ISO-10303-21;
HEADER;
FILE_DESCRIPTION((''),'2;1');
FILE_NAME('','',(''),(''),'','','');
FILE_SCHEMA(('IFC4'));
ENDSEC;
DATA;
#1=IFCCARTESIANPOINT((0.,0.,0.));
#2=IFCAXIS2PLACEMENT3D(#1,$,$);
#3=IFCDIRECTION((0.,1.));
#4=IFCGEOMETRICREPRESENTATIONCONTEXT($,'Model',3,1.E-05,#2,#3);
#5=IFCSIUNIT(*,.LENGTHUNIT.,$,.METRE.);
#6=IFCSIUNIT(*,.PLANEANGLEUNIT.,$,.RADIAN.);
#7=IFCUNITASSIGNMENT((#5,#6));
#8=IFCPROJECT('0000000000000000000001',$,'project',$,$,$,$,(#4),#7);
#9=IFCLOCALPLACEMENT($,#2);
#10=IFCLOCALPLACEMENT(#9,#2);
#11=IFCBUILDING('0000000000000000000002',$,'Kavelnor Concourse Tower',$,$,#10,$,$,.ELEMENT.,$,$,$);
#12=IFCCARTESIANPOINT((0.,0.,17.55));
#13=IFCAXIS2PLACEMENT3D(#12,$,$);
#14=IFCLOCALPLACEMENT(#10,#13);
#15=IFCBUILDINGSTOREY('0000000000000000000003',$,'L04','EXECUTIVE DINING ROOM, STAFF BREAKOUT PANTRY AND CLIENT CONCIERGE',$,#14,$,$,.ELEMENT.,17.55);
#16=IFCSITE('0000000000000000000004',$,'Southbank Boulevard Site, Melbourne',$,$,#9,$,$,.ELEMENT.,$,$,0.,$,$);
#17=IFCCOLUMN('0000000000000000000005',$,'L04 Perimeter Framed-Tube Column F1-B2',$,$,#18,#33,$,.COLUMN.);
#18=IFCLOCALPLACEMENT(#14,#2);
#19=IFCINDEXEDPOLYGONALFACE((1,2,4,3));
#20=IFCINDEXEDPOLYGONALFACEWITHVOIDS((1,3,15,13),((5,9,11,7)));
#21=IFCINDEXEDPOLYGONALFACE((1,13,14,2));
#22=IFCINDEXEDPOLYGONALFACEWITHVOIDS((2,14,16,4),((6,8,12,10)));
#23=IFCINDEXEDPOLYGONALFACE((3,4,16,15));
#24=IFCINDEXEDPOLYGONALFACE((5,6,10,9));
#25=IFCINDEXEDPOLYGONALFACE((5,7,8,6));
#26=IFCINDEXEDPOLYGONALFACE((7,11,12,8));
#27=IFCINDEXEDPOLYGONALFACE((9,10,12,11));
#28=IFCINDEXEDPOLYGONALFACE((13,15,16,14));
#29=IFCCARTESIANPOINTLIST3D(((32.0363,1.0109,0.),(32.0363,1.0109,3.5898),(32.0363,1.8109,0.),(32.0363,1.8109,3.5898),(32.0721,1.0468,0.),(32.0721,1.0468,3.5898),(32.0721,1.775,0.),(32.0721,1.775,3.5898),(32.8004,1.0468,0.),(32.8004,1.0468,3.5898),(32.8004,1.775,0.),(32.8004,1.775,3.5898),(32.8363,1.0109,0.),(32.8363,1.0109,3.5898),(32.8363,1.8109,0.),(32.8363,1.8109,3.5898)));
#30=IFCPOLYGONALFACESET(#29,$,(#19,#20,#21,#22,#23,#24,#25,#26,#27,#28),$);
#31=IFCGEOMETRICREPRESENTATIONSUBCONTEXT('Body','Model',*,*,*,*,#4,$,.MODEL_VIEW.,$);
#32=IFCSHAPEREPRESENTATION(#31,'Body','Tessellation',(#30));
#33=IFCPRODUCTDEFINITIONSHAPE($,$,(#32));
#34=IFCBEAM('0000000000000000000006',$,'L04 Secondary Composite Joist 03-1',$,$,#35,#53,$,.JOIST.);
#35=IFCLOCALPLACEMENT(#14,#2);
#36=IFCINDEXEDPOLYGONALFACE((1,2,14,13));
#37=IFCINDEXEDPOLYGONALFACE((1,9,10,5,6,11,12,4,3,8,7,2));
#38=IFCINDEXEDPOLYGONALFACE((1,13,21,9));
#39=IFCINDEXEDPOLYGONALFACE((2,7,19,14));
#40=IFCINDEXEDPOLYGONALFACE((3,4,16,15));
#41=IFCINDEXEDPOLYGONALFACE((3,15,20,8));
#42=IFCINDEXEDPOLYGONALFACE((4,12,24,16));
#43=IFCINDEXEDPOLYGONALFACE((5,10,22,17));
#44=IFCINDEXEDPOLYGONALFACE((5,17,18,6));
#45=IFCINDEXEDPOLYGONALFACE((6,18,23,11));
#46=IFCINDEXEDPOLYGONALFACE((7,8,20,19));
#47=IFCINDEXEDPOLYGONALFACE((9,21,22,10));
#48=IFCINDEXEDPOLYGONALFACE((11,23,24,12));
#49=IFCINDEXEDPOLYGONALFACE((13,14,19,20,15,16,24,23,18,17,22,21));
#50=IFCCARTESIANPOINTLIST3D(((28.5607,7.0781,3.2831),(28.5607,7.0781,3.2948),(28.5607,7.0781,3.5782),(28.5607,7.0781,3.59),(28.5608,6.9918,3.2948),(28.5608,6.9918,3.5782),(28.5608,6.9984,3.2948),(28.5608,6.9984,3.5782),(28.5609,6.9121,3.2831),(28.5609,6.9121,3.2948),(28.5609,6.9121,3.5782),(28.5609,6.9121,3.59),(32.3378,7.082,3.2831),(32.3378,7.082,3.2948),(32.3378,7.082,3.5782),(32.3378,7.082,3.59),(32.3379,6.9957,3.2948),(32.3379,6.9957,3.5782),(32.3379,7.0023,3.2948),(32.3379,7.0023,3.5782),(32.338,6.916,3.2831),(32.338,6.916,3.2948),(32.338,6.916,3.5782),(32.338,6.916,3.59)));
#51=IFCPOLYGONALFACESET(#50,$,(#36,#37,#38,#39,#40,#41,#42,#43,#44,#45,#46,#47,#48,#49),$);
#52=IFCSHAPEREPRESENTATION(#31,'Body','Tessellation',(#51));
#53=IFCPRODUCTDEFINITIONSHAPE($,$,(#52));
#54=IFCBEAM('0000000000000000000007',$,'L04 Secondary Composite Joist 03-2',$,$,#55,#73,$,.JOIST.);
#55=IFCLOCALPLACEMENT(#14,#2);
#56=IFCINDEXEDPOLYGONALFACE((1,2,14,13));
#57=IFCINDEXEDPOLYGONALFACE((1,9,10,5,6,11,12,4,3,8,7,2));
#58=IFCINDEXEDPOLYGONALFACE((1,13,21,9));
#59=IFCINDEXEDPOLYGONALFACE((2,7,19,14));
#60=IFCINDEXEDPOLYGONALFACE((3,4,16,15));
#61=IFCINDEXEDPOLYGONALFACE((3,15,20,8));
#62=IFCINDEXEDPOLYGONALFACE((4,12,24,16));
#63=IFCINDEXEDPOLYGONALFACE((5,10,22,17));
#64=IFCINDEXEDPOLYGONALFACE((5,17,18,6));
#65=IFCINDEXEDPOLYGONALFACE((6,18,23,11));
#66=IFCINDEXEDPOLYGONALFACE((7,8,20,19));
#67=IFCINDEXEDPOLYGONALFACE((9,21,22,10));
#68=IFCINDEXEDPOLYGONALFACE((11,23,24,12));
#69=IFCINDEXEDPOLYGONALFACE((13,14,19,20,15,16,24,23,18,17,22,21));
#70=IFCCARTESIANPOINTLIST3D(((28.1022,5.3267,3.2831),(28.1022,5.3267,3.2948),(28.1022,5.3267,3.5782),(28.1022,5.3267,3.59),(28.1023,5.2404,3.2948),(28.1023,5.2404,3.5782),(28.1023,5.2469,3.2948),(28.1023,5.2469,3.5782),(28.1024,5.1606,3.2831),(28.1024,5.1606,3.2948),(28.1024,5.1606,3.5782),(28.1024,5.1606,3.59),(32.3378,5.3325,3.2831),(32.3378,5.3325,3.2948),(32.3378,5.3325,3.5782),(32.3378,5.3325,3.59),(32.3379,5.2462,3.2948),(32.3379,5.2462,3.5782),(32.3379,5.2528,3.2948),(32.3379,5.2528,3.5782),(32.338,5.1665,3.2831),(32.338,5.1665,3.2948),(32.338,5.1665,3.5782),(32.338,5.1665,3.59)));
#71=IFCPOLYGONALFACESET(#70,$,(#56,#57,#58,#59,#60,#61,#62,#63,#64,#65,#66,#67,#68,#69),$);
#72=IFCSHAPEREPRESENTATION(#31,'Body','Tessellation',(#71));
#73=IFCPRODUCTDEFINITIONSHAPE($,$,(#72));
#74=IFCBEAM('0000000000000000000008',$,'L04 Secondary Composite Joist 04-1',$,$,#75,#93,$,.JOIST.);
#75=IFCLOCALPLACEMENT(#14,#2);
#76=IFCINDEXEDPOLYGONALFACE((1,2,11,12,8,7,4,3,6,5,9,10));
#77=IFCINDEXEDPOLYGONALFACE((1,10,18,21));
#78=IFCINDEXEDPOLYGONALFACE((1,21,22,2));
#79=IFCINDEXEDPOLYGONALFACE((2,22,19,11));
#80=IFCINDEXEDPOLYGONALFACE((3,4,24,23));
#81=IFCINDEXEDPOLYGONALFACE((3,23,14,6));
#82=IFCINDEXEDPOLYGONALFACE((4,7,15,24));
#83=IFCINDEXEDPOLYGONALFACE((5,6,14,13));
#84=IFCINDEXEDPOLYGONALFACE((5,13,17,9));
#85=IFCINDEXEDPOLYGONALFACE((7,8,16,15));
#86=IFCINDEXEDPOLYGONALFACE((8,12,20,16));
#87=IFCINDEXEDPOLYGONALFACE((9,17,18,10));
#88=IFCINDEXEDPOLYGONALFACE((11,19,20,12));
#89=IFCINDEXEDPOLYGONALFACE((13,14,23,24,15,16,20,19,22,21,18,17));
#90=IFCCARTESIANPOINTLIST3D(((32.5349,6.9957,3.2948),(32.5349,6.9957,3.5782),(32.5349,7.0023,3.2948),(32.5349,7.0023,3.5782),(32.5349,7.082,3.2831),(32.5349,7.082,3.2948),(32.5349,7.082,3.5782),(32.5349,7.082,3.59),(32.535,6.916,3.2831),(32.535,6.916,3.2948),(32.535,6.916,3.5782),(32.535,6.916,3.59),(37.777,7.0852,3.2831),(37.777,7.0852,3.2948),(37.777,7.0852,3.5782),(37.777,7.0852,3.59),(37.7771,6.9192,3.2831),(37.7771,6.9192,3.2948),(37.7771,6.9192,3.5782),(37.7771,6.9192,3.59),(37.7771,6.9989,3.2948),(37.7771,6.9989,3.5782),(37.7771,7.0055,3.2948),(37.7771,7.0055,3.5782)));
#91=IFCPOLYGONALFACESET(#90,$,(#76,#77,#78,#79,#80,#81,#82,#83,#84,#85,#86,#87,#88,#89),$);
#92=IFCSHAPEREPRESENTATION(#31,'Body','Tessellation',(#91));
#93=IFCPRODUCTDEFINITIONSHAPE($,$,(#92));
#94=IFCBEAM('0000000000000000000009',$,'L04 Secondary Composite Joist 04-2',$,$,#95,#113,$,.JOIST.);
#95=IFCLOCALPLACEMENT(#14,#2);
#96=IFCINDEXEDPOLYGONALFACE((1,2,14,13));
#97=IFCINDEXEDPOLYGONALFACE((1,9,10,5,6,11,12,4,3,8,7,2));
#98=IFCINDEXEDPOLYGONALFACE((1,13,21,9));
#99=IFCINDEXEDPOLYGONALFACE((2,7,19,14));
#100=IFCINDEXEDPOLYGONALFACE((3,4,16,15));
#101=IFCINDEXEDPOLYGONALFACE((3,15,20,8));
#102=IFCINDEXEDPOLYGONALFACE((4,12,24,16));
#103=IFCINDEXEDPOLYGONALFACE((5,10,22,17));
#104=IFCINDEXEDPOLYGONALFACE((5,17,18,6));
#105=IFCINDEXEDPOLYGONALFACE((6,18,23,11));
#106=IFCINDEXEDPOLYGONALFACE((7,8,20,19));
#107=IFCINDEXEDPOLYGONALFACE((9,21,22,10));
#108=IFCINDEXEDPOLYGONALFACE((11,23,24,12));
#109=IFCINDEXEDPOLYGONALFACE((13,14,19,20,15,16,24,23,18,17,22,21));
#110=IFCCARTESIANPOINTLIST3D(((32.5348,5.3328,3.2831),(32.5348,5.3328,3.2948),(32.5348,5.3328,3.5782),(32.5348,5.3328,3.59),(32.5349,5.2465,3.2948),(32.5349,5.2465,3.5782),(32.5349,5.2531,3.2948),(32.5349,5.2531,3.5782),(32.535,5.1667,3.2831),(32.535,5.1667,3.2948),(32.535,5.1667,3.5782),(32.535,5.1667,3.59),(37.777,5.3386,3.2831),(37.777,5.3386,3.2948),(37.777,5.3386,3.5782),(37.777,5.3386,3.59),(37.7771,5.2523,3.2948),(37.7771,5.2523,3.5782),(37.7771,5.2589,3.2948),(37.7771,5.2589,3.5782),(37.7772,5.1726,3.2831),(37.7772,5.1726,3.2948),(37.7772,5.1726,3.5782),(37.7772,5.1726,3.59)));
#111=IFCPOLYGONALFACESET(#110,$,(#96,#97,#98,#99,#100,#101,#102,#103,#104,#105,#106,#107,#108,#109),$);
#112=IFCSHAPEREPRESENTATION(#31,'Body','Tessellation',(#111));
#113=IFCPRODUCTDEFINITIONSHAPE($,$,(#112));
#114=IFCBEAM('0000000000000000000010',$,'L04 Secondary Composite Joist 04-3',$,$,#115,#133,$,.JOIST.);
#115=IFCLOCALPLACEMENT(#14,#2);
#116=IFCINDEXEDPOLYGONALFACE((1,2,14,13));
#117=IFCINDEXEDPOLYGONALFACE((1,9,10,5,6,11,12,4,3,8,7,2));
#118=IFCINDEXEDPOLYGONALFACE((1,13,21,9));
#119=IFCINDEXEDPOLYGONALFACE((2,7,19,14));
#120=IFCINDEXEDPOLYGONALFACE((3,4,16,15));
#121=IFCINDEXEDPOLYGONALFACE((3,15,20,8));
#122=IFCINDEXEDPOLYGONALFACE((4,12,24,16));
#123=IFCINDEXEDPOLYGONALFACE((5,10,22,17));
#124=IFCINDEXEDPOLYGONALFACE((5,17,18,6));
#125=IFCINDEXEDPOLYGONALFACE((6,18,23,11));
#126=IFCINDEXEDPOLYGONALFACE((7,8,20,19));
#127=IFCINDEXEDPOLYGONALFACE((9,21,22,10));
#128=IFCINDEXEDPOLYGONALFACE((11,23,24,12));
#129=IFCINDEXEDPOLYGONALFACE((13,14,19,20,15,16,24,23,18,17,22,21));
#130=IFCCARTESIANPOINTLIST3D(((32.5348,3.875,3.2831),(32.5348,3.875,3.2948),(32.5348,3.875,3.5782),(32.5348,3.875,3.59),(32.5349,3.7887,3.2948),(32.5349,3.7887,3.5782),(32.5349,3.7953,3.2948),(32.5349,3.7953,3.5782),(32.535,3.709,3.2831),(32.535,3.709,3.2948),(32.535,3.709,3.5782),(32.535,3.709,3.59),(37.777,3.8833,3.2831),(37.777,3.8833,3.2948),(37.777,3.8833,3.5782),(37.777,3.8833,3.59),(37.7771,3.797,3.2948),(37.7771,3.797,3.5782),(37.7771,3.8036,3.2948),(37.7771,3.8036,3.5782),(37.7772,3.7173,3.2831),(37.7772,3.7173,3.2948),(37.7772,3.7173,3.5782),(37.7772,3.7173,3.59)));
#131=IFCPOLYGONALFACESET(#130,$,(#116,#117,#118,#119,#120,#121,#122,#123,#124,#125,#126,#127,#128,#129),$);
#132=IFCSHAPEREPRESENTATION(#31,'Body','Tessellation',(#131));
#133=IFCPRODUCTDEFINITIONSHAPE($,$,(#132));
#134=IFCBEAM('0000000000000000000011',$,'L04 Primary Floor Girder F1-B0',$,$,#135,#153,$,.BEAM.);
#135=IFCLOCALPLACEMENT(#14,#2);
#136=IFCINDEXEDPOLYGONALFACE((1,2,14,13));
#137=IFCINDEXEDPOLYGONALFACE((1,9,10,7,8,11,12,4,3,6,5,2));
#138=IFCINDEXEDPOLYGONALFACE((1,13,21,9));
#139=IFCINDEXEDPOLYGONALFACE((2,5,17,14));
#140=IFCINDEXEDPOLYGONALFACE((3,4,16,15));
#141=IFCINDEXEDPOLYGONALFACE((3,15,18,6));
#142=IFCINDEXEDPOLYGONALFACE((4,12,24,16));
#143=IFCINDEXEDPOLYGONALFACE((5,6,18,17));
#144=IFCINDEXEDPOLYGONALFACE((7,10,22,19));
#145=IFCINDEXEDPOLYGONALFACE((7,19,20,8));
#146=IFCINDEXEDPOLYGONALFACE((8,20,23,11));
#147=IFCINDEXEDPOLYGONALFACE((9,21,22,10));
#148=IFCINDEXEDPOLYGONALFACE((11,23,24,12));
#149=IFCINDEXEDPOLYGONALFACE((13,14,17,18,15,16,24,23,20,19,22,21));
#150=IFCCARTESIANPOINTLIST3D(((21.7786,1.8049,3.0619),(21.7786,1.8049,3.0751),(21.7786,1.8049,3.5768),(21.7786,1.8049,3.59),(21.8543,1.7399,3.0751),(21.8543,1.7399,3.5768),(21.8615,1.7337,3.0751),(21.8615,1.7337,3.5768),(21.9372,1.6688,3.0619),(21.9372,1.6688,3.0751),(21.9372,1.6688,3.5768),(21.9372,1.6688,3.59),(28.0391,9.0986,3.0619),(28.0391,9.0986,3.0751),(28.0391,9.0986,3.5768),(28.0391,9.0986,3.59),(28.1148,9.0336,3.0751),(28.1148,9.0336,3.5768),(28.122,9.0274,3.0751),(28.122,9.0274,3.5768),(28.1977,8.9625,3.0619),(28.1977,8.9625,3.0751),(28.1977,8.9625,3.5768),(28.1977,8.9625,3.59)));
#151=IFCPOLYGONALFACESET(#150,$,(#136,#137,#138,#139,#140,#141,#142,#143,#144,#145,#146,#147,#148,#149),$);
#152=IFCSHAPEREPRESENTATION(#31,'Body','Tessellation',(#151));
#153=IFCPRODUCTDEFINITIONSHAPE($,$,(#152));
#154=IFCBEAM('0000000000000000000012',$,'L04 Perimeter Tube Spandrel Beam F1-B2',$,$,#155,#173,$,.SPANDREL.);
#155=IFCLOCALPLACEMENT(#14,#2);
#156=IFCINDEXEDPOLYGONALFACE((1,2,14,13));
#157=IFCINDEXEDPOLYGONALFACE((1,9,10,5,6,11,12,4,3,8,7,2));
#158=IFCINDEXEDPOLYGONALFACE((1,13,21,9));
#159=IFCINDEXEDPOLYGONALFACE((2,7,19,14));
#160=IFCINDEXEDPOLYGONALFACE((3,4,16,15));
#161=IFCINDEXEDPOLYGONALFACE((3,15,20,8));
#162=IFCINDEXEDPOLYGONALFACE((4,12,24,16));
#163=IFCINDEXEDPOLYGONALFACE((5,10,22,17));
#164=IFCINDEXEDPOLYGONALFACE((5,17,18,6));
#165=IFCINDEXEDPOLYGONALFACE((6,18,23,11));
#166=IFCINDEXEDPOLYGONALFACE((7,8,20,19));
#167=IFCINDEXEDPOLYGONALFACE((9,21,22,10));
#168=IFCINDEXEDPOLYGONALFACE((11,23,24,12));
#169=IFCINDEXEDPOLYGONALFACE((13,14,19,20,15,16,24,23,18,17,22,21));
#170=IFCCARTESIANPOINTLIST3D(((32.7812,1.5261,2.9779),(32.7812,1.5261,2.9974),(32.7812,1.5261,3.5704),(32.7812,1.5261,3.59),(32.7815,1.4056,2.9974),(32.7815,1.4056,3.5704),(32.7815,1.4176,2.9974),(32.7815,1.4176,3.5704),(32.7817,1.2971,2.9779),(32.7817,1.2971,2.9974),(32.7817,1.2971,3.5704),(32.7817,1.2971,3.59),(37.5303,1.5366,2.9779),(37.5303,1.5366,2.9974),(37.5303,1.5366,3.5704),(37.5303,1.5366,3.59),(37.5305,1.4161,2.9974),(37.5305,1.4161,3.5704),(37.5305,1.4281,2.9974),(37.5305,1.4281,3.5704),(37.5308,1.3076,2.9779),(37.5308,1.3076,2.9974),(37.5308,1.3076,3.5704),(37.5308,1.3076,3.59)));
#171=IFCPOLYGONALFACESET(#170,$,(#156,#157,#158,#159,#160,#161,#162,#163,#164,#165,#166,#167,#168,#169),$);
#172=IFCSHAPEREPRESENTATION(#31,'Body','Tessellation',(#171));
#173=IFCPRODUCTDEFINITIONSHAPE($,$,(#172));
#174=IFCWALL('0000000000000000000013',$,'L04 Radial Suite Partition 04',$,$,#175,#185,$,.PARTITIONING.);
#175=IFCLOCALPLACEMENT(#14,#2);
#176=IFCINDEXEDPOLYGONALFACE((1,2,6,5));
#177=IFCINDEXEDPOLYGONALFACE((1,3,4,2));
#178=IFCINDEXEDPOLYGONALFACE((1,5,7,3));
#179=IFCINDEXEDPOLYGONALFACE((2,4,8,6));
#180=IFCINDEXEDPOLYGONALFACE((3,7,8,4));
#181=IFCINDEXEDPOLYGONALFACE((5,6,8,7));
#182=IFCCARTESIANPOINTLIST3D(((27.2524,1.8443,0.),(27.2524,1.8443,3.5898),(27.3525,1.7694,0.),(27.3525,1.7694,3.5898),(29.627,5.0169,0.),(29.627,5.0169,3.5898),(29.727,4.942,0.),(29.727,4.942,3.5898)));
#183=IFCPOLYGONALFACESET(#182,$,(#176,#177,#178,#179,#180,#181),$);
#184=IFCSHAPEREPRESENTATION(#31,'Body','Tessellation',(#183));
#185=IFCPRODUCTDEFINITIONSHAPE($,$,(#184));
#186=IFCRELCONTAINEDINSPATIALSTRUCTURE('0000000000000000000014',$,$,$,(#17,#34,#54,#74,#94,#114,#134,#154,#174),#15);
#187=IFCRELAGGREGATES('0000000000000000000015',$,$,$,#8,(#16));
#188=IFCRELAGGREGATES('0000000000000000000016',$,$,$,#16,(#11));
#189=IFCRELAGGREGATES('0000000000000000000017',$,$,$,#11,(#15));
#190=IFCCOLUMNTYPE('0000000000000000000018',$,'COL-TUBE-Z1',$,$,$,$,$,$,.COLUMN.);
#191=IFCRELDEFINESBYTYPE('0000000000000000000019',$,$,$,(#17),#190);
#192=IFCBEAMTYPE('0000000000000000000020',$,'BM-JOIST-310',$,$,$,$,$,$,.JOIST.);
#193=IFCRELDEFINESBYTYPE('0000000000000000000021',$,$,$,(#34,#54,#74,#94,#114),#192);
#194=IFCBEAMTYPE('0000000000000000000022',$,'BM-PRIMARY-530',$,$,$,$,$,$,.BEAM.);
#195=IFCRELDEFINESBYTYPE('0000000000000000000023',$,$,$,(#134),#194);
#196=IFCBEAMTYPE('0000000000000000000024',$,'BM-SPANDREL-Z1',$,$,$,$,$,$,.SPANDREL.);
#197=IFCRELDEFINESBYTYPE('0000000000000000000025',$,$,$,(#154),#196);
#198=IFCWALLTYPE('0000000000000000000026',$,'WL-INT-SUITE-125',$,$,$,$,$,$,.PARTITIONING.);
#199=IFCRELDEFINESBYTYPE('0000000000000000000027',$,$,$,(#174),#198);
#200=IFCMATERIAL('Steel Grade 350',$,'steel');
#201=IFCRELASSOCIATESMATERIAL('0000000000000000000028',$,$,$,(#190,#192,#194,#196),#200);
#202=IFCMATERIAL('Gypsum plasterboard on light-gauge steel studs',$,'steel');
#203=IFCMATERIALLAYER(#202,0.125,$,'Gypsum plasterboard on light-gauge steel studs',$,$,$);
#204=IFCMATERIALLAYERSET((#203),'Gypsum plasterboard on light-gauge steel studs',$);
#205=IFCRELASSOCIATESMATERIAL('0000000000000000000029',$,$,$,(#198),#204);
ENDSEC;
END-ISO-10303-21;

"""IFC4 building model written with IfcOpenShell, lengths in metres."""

from ifc_helpers import new_model, si_unit, direction, frame, frame_2d, origin, origin_2d, place, context, subcontext, project, spatial, rectangle, hollow_rectangle, i_section, extrude, material, layer, layer_set, material_profile, profile_set, type_object, element, save


model = new_model("IFC4")

# Units and contexts
model_context = context("Model", 3, precision=1e-05, world=origin(), true_north=direction((0.0, 1.0)))
body_context = subcontext(model_context, "Body", "Model", "MODEL_VIEW")
ifc_project = project(units=[si_unit("LENGTHUNIT", "METRE"), si_unit("PLANEANGLEUNIT", "RADIAN")], contexts=[model_context])

# Site, building, storey
site_placement = place(None, origin())
site = spatial("IfcSite", under=ifc_project, at=site_placement, Name="Southbank Boulevard Site, Melbourne", CompositionType="ELEMENT", RefElevation=0.0)
building_placement = place(site_placement, origin())
building = spatial("IfcBuilding", under=site, at=building_placement, Name="Kavelnor Concourse Tower", CompositionType="ELEMENT")
storey_placement = place(building_placement, frame((0.0, 0.0, 17.55)))
storey = spatial("IfcBuildingStorey", under=building, at=storey_placement, Name="L04", Description="EXECUTIVE DINING ROOM, STAFF BREAKOUT PANTRY AND CLIENT CONCIERGE", CompositionType="ELEMENT", Elevation=17.55)

# Column
ifc_material_1 = material(Name="Steel Grade 350", Category="steel")
ifc_material_profile_1 = material_profile(ifc_material_1, hollow_rectangle(XDim=0.8, YDim=0.8, WallThickness=0.0359, at=origin_2d()), Name="SHS 800x800x36")
ifc_profile_set_1 = profile_set([ifc_material_profile_1], Name="Steel Grade 350")
column_type = type_object("IfcColumnType", Name="COL-TUBE-Z1", PredefinedType="COLUMN", material=ifc_profile_set_1)
column_placement = place(storey_placement, frame((32.4363, 1.4109, 0.0), z_axis=(0.0, 0.0, 1.0), x_axis=(1.0, 0.0, 0.0)))
element("IfcColumn", 1, at=column_placement, inside=storey, type_object=column_type, Name="L04 Perimeter Framed-Tube Column F1-B2", PredefinedType="COLUMN", context=body_context, shape_type="SweptSolid", body=[
    extrude(hollow_rectangle(XDim=0.8, YDim=0.8, WallThickness=0.0359, at=origin_2d()), origin(), (0.0, 0.0, 1.0), 3.5898),
])

# Beams
ifc_material_profile_2 = material_profile(ifc_material_1, i_section(OverallWidth=0.166, OverallDepth=0.3069, WebThickness=0.0066, FlangeThickness=0.0117, at=origin_2d()), Name="310UB46")
ifc_profile_set_2 = profile_set([ifc_material_profile_2], Name="Steel Grade 350")
beam_type_1 = type_object("IfcBeamType", Name="BM-JOIST-310", PredefinedType="JOIST", material=ifc_profile_set_2)
beam_1_placement = place(storey_placement, frame((28.5608, 6.9951, 3.4365), z_axis=(0.999999, 0.001034, 0.0), x_axis=(-0.001034, 0.999999, 0.0)))
element("IfcBeam", 2, at=beam_1_placement, inside=storey, type_object=beam_type_1, Name="L04 Secondary Composite Joist 03-1", PredefinedType="JOIST", context=body_context, shape_type="SweptSolid", body=[
    extrude(i_section(OverallWidth=0.166, OverallDepth=0.3069, WebThickness=0.0066, FlangeThickness=0.0117, at=origin_2d()), origin(), (0.0, 0.0, 1.0), 3.7771),
])
beam_2_placement = place(storey_placement, frame((28.1023, 5.2437, 3.4365), z_axis=(0.999999, 0.001383, 0.0), x_axis=(-0.001383, 0.999999, 0.0)))
element("IfcBeam", 3, at=beam_2_placement, inside=storey, type_object=beam_type_1, Name="L04 Secondary Composite Joist 03-2", PredefinedType="JOIST", context=body_context, shape_type="SweptSolid", body=[
    extrude(i_section(OverallWidth=0.166, OverallDepth=0.3069, WebThickness=0.0066, FlangeThickness=0.0117, at=origin_2d()), origin(), (0.0, 0.0, 1.0), 4.2356),
])
for number, where, z_axis, x_axis, name in (
    (4, (32.5349, 6.999, 3.4365), (1.0, 0.000605, 0.0), (-0.000605, 1.0, 0.0), "L04 Secondary Composite Joist 04-1"),
    (5, (32.5349, 5.2498, 3.4365), (0.999999, 0.001118, 0.0), (-0.001118, 0.999999, 0.0), "L04 Secondary Composite Joist 04-2"),
    (6, (32.5349, 3.792, 3.4365), (0.999999, 0.001583, 0.0), (-0.001583, 0.999999, 0.0), "L04 Secondary Composite Joist 04-3"),
):
    element("IfcBeam", number, at=place(storey_placement, frame(where, z_axis=z_axis, x_axis=x_axis)), inside=storey, type_object=beam_type_1, Name=name, PredefinedType="JOIST", context=body_context, shape_type="SweptSolid", body=[
        extrude(i_section(OverallWidth=0.166, OverallDepth=0.3069, WebThickness=0.0066, FlangeThickness=0.0117, at=origin_2d()), origin(), (0.0, 0.0, 1.0), 5.2422),
    ])
ifc_material_profile_3 = material_profile(ifc_material_1, i_section(OverallWidth=0.209, OverallDepth=0.5281, WebThickness=0.0095, FlangeThickness=0.0132, at=origin_2d()), Name="530UB82")
ifc_profile_set_3 = profile_set([ifc_material_profile_3], Name="Steel Grade 350")
beam_type_2 = type_object("IfcBeamType", Name="BM-PRIMARY-530", PredefinedType="BEAM", material=ifc_profile_set_3)
beam_3_placement = place(storey_placement, frame((28.1184, 9.0305, 3.3259), z_axis=(-0.651316, -0.758806, 0.0), x_axis=(0.758806, -0.651316, 0.0)))
element("IfcBeam", 7, at=beam_3_placement, inside=storey, type_object=beam_type_2, Name="L04 Primary Floor Girder F1-B0", PredefinedType="BEAM", context=body_context, shape_type="SweptSolid", body=[
    extrude(i_section(OverallWidth=0.209, OverallDepth=0.5281, WebThickness=0.0095, FlangeThickness=0.0132, at=origin_2d()), origin(), (0.0, 0.0, 1.0), 9.6121),
])
ifc_material_profile_4 = material_profile(ifc_material_1, i_section(OverallWidth=0.229, OverallDepth=0.6121, WebThickness=0.012, FlangeThickness=0.0195, at=origin_2d()), Name="610UB125")
ifc_profile_set_4 = profile_set([ifc_material_profile_4], Name="Steel Grade 350")
beam_type_3 = type_object("IfcBeamType", Name="BM-SPANDREL-Z1", PredefinedType="SPANDREL", material=ifc_profile_set_4)
beam_4_placement = place(storey_placement, frame((32.7815, 1.4116, 3.2839), z_axis=(0.999998, 0.002211, 0.0), x_axis=(-0.002211, 0.999998, 0.0)))
element("IfcBeam", 8, at=beam_4_placement, inside=storey, type_object=beam_type_3, Name="L04 Perimeter Tube Spandrel Beam F1-B2", PredefinedType="SPANDREL", context=body_context, shape_type="SweptSolid", body=[
    extrude(i_section(OverallWidth=0.229, OverallDepth=0.6121, WebThickness=0.012, FlangeThickness=0.0195, at=origin_2d()), origin(), (0.0, 0.0, 1.0), 4.749),
])

# Wall
ifc_material_2 = material(Name="Gypsum plasterboard on light-gauge steel studs", Category="steel")
ifc_layer_1 = layer(ifc_material_2, 0.125, Name="Gypsum plasterboard on light-gauge steel studs")
ifc_layer_set_1 = layer_set([ifc_layer_1], Name="Gypsum plasterboard on light-gauge steel studs")
wall_type_1 = type_object("IfcWallType", Name="WL-INT-SUITE-125", PredefinedType="PARTITIONING", material=ifc_layer_set_1)
wall_1_placement = place(storey_placement, frame((29.677, 4.9795, 0.0), z_axis=(0.0, 0.0, 1.0), x_axis=(-0.599201, -0.800598, 0.0)))
element("IfcWall", 9, at=wall_1_placement, inside=storey, type_object=wall_type_1, Name="L04 Radial Suite Partition 04", PredefinedType="PARTITIONING", context=body_context, shape_type="SweptSolid", body=[
    extrude(rectangle(XDim=3.9629, YDim=0.125, at=frame_2d((1.9814, 0.0))), origin(), (0.0, 0.0, 1.0), 3.5898),
])

save(model, "model.ifc")
